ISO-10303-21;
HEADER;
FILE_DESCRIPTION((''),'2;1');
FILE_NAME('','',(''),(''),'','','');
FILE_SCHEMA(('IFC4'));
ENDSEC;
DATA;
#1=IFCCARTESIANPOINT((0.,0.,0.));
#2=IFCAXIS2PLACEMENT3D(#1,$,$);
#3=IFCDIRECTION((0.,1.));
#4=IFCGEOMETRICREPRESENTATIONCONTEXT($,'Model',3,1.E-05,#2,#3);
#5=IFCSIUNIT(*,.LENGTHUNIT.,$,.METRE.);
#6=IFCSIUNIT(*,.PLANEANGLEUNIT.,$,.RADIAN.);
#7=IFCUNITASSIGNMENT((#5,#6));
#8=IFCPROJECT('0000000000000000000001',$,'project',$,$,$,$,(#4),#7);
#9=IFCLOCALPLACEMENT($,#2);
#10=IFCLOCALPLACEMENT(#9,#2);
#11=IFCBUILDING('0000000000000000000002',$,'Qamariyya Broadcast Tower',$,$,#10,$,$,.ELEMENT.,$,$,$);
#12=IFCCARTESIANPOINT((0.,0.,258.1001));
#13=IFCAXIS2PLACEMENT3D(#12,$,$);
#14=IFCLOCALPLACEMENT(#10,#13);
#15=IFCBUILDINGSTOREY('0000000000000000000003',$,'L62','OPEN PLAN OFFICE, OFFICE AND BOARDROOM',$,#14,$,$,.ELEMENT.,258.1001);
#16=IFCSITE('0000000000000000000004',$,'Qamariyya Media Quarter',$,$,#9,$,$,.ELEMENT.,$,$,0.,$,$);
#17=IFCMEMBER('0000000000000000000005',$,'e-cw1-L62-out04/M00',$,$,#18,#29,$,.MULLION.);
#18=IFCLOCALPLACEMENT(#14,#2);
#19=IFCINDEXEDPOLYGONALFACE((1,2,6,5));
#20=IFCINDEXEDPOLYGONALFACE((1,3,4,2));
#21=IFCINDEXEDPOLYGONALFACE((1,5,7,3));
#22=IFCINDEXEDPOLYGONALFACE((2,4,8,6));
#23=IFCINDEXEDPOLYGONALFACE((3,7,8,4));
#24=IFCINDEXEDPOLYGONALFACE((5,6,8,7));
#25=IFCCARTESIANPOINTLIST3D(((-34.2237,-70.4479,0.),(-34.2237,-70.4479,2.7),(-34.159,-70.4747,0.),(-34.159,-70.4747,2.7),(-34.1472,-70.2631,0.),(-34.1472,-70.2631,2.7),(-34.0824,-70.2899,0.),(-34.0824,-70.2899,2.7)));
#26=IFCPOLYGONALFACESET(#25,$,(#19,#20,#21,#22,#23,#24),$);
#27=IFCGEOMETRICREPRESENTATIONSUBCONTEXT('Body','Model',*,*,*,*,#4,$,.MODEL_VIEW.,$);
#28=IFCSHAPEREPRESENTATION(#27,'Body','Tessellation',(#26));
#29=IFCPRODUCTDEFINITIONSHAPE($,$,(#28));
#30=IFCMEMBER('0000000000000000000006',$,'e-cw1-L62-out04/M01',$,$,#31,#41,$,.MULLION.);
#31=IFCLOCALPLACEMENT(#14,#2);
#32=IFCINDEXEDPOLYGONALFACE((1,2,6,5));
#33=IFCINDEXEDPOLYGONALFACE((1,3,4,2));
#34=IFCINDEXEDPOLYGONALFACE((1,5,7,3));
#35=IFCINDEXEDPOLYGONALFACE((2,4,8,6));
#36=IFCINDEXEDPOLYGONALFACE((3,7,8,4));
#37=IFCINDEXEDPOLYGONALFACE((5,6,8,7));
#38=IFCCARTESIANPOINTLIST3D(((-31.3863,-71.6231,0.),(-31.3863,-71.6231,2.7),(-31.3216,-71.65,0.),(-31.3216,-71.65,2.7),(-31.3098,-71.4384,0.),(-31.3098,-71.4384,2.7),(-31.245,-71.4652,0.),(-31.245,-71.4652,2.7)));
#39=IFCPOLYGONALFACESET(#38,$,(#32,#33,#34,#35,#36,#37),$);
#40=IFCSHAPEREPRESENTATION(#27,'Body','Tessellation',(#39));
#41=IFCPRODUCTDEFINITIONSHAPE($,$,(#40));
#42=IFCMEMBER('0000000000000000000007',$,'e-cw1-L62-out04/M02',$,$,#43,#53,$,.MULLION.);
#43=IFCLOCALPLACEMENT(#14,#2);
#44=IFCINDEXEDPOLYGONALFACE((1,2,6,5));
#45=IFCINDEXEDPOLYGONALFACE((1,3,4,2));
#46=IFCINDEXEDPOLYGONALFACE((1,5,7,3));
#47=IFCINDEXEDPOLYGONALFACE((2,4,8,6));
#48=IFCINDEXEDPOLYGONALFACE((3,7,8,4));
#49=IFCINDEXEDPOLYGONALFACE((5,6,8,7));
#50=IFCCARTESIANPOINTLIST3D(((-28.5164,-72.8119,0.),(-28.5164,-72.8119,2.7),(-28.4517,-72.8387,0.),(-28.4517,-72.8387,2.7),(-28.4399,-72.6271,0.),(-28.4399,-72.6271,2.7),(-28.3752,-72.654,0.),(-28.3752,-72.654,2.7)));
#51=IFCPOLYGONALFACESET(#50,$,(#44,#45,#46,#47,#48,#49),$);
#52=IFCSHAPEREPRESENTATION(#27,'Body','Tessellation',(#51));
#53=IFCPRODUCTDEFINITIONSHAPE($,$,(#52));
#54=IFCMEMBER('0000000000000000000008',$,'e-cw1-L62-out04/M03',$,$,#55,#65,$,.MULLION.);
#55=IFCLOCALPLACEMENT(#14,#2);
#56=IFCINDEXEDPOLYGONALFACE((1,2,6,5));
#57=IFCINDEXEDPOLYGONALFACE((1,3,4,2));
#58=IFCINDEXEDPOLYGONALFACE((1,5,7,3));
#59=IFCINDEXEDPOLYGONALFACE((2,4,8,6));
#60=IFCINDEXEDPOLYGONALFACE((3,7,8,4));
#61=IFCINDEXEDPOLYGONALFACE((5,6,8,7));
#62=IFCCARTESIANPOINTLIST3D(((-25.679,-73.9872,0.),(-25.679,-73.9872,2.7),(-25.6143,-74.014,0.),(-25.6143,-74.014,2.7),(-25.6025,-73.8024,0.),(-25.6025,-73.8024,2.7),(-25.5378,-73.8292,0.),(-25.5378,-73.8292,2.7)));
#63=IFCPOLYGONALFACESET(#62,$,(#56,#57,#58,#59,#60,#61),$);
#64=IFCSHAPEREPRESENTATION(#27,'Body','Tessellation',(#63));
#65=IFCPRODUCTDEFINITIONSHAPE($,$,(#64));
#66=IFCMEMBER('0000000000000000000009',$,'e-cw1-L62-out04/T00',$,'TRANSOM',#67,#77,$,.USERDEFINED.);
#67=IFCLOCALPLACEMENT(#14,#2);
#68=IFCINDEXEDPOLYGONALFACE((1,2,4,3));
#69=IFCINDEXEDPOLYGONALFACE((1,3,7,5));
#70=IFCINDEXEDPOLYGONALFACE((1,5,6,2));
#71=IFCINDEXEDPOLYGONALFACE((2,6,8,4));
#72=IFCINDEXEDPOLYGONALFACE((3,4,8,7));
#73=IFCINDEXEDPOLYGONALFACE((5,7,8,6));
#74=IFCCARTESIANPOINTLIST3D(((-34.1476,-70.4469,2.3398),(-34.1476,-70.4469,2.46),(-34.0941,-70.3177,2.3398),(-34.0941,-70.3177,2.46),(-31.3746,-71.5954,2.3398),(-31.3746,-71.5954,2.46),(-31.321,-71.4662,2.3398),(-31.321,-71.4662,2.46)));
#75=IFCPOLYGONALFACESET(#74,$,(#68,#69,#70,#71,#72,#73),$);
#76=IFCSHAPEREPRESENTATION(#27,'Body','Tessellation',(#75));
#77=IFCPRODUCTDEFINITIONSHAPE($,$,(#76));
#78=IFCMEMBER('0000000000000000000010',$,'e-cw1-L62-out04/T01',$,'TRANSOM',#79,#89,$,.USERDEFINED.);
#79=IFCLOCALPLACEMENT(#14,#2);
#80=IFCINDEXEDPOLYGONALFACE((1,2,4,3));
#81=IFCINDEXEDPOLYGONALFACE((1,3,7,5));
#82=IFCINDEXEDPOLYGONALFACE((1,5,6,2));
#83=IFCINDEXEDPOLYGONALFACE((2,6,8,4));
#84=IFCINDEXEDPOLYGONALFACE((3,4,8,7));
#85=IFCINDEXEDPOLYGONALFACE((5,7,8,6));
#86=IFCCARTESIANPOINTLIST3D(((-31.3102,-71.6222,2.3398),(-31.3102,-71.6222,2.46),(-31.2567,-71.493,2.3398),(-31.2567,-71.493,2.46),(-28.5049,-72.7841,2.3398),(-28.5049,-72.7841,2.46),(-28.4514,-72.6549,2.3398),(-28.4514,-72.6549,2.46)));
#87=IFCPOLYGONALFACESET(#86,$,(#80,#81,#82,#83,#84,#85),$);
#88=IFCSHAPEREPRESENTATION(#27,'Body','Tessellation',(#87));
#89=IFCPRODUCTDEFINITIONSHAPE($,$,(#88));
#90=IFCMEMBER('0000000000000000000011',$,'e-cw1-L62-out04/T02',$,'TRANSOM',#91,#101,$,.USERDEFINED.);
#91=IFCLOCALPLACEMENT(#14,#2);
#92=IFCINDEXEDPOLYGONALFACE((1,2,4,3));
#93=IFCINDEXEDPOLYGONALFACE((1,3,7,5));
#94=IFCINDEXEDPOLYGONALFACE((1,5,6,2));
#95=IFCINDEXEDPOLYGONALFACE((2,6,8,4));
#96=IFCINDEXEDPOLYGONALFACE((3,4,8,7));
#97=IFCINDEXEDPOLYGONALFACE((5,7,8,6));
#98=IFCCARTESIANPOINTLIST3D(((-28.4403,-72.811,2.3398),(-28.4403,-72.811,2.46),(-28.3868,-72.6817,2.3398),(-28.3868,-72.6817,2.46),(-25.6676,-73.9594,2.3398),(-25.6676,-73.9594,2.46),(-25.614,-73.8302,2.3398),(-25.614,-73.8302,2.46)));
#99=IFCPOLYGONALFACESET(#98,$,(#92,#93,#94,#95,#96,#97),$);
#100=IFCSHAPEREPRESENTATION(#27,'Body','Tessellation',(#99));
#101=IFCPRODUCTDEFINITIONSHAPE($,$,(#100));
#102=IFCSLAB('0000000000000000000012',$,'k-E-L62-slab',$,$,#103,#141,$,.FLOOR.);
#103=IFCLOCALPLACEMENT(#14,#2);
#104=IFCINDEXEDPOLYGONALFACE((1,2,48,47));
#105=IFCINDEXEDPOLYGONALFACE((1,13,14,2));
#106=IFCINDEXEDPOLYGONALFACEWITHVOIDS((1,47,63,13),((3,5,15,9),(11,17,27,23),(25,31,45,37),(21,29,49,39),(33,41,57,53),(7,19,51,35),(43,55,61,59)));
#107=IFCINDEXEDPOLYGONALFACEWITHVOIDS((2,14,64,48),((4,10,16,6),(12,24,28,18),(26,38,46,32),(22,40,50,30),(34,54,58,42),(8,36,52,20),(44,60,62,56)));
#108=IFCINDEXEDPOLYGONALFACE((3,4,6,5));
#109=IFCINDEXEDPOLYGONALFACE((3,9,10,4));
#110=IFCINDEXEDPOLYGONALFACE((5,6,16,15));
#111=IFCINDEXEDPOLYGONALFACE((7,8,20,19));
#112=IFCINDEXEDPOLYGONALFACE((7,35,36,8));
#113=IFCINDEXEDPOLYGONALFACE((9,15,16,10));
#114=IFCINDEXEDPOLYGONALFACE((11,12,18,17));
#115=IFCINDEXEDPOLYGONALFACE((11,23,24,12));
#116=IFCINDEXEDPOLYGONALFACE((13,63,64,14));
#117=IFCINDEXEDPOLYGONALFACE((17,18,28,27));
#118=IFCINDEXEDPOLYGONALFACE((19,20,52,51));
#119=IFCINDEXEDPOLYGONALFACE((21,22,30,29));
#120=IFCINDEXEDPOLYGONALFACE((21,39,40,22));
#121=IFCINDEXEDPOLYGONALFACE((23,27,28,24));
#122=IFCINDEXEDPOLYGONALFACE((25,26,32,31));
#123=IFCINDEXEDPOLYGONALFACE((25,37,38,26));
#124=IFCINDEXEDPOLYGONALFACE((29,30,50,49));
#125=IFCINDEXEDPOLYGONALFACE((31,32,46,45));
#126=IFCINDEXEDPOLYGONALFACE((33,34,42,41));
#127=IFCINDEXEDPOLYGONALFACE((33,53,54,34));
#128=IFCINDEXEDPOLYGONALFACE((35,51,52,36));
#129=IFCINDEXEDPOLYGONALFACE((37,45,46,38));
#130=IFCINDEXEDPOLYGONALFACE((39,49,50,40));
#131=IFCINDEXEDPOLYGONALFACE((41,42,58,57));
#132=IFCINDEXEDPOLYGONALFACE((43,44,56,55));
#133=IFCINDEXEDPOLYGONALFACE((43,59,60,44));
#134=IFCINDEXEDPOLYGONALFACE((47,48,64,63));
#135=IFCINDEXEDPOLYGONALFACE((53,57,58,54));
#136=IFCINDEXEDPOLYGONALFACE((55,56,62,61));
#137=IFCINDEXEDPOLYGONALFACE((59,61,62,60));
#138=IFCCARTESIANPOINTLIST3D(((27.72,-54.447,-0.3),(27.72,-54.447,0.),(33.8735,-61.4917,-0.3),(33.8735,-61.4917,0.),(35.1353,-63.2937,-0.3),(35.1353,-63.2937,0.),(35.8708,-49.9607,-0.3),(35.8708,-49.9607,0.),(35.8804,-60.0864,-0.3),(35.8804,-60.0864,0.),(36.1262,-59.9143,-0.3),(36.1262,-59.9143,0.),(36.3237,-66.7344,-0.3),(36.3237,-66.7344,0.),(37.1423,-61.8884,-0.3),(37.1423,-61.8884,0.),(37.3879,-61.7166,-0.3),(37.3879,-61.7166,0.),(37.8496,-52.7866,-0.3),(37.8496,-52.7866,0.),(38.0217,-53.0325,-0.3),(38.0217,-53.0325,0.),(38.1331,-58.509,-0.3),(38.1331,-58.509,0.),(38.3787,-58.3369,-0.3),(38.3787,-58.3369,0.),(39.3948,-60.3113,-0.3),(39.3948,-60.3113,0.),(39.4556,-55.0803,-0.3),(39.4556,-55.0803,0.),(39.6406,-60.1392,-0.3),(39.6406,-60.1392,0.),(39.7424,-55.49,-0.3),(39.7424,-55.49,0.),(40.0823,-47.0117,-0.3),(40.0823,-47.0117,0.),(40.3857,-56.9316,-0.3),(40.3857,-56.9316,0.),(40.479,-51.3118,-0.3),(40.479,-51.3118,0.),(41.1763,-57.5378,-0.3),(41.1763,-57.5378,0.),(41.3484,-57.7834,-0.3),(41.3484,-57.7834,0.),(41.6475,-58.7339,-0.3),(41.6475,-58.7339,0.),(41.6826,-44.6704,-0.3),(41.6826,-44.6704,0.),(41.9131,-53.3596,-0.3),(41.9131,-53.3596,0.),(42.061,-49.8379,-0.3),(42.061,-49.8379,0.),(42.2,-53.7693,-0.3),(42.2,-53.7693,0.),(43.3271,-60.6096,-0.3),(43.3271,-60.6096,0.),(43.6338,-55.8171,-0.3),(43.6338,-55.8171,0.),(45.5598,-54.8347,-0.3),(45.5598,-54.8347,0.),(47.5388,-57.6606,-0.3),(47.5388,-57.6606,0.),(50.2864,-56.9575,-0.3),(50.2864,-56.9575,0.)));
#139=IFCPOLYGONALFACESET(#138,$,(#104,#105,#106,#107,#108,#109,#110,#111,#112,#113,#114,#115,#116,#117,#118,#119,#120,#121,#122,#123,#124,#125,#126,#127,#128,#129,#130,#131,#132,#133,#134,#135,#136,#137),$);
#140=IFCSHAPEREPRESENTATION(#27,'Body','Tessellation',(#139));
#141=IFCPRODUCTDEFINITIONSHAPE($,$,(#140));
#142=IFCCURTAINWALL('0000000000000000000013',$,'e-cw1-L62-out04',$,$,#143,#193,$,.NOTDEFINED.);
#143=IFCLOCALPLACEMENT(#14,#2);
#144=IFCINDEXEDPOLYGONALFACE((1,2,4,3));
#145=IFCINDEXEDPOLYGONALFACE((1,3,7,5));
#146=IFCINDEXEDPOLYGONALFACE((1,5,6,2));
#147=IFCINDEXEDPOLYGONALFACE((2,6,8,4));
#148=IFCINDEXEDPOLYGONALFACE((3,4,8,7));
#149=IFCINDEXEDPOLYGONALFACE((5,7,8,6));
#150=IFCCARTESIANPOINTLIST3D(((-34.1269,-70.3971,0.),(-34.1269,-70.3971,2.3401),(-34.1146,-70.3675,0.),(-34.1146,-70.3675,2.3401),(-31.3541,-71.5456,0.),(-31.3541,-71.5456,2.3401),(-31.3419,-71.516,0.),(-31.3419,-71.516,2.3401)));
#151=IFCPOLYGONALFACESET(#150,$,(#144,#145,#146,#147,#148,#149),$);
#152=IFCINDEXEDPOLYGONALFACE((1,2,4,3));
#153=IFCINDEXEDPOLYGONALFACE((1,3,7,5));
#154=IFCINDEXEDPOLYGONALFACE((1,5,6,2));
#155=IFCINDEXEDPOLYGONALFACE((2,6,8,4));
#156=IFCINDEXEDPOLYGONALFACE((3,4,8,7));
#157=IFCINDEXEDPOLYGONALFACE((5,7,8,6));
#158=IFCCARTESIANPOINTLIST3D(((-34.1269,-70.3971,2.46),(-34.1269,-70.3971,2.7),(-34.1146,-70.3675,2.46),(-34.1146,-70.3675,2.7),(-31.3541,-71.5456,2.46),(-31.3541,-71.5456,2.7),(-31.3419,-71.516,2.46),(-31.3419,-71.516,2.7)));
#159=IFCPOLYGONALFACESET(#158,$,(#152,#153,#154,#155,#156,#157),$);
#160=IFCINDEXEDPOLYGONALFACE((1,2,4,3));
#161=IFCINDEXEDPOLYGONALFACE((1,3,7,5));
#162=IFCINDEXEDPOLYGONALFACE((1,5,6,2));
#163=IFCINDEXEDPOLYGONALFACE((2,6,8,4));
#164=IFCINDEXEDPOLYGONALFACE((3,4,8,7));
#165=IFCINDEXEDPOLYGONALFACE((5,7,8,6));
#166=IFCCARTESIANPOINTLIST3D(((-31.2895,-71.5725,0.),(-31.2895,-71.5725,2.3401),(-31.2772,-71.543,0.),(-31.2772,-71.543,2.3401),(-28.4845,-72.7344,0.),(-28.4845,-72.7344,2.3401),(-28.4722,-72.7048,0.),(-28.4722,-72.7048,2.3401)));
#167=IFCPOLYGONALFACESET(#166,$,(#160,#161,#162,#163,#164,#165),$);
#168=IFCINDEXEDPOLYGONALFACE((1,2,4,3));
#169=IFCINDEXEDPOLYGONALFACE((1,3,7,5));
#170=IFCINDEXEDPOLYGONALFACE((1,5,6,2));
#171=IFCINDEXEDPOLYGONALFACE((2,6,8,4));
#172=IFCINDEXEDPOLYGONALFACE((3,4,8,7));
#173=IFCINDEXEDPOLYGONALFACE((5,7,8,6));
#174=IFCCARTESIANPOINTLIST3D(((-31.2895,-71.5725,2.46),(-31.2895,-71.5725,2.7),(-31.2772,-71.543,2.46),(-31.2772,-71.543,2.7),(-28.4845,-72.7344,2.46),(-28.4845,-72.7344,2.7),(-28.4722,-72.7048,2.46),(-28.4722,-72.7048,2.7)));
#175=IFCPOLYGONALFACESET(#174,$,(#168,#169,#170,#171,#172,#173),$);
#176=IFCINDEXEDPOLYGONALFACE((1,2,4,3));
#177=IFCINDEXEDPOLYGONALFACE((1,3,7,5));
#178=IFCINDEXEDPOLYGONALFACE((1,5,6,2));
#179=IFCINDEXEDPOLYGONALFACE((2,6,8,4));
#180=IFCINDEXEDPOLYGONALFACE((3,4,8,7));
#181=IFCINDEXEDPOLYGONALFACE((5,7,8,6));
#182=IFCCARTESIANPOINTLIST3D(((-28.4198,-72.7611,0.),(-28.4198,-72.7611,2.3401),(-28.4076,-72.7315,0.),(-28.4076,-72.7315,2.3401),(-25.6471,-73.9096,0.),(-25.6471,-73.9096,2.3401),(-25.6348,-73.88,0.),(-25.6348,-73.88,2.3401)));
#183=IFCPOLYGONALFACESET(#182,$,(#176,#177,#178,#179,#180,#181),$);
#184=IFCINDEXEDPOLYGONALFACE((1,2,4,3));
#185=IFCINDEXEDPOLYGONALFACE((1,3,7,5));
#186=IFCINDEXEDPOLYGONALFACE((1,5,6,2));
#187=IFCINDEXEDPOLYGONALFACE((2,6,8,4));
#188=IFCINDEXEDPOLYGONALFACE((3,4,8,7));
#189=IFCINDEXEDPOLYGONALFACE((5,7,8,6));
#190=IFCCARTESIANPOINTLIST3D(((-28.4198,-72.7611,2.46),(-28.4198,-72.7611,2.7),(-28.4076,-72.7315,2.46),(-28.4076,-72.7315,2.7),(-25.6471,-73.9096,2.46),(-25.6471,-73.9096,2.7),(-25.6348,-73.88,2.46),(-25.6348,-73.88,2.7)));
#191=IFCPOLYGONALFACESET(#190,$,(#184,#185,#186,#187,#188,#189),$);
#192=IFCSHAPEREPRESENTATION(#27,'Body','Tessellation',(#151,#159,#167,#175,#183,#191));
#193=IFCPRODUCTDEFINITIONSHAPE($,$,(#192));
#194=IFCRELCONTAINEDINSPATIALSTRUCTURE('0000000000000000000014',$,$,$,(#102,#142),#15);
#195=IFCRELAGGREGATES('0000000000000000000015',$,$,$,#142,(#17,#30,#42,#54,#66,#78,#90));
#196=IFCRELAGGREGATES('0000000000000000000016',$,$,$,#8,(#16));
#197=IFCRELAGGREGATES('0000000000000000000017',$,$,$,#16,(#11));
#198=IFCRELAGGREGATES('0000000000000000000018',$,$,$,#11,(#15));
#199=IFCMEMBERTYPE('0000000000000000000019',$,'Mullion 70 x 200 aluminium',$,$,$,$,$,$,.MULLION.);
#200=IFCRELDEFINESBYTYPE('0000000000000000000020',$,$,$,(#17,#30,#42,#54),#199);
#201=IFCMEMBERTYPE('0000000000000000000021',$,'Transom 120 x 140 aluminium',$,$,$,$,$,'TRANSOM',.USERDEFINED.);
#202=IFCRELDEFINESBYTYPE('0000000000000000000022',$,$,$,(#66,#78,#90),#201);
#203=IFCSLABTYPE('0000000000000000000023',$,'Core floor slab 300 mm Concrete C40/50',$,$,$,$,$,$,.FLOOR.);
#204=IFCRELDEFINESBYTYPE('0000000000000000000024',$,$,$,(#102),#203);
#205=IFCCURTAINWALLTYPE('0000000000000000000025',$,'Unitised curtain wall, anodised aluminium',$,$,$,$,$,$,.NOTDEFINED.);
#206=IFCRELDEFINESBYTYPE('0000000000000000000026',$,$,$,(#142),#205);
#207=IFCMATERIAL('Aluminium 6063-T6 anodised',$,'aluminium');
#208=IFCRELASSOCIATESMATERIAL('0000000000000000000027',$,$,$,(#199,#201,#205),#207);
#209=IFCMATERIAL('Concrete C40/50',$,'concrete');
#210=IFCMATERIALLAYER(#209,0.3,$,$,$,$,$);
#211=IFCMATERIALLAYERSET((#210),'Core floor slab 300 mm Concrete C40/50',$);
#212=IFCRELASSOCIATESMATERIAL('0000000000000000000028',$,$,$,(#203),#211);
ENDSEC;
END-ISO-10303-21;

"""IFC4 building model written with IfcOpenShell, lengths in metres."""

from ifc_helpers import new_model, si_unit, direction, frame, origin, origin_2d, place, context, subcontext, project, spatial, polyline, rectangle, outline, extrude, material, layer, layer_set, material_profile, profile_set, type_object, element, aggregate, save


model = new_model("IFC4")

# Units and contexts
model_context = context("Model", 3, precision=1e-05, world=origin(), true_north=direction((0.0, 1.0)))
body_context = subcontext(model_context, "Body", "Model", "MODEL_VIEW")
ifc_project = project(units=[si_unit("LENGTHUNIT", "METRE"), si_unit("PLANEANGLEUNIT", "RADIAN")], contexts=[model_context])

# Members
ifc_material_1 = material(Name="Aluminium 6063-T6 anodised", Category="aluminium")
ifc_material_profile_1 = material_profile(ifc_material_1, rectangle(XDim=0.2, YDim=0.0701, at=origin_2d()))
ifc_profile_set_1 = profile_set([ifc_material_profile_1], Name="Aluminium 6063-T6 anodised")
member_type_1 = type_object("IfcMemberType", Name="Mullion 70 x 200 aluminium", PredefinedType="MULLION", material=ifc_profile_set_1)
site_placement = place(None, origin())
building_placement = place(site_placement, origin())
storey_placement = place(building_placement, frame((0.0, 0.0, 258.1001)))
member_1_placement = place(storey_placement, frame((-34.1531, -70.3689, 0.0), z_axis=(0.0, 0.0, 1.0), x_axis=(0.382683, 0.92388, 0.0)))
member_1 = element("IfcMember", 1, at=member_1_placement, type_object=member_type_1, Name="e-cw1-L62-out04/M00", PredefinedType="MULLION", context=body_context, shape_type="SweptSolid", body=[
    extrude(rectangle(XDim=0.2, YDim=0.0701, at=origin_2d()), origin(), (0.0, 0.0, 1.0), 2.7),
])
member_2_placement = place(storey_placement, frame((-31.3157, -71.5442, 0.0), z_axis=(0.0, 0.0, 1.0), x_axis=(0.382683, 0.92388, 0.0)))
member_2 = element("IfcMember", 2, at=member_2_placement, type_object=member_type_1, Name="e-cw1-L62-out04/M01", PredefinedType="MULLION", context=body_context, shape_type="SweptSolid", body=[
    extrude(rectangle(XDim=0.2, YDim=0.0701, at=origin_2d()), origin(), (0.0, 0.0, 1.0), 2.7),
])
member_3_placement = place(storey_placement, frame((-28.4458, -72.7329, 0.0), z_axis=(0.0, 0.0, 1.0), x_axis=(0.382683, 0.92388, 0.0)))
member_3 = element("IfcMember", 3, at=member_3_placement, type_object=member_type_1, Name="e-cw1-L62-out04/M02", PredefinedType="MULLION", context=body_context, shape_type="SweptSolid", body=[
    extrude(rectangle(XDim=0.2, YDim=0.0701, at=origin_2d()), origin(), (0.0, 0.0, 1.0), 2.7),
])
member_4_placement = place(storey_placement, frame((-25.6084, -73.9082, 0.0), z_axis=(0.0, 0.0, 1.0), x_axis=(0.382683, 0.92388, 0.0)))
member_4 = element("IfcMember", 4, at=member_4_placement, type_object=member_type_1, Name="e-cw1-L62-out04/M03", PredefinedType="MULLION", context=body_context, shape_type="SweptSolid", body=[
    extrude(rectangle(XDim=0.2, YDim=0.0701, at=origin_2d()), origin(), (0.0, 0.0, 1.0), 2.7),
])
ifc_material_profile_2 = material_profile(ifc_material_1, rectangle(XDim=0.1399, YDim=0.1201, at=origin_2d()))
ifc_profile_set_2 = profile_set([ifc_material_profile_2], Name="Aluminium 6063-T6 anodised")
member_type_2 = type_object("IfcMemberType", Name="Transom 120 x 140 aluminium", ElementType="TRANSOM", PredefinedType="USERDEFINED", material=ifc_profile_set_2)
member_5_placement = place(storey_placement, frame((-34.1208, -70.3823, 2.3999), z_axis=(0.923898, -0.382639, 0.0), x_axis=(0.382639, 0.923898, 0.0)))
member_5 = element("IfcMember", 5, at=member_5_placement, type_object=member_type_2, Name="e-cw1-L62-out04/T00", ObjectType="TRANSOM", PredefinedType="USERDEFINED", context=body_context, shape_type="SweptSolid", body=[
    extrude(rectangle(XDim=0.1399, YDim=0.1201, at=origin_2d()), origin(), (0.0, 0.0, 1.0), 3.0015),
])
member_6_placement = place(storey_placement, frame((-31.2834, -71.5576, 2.3999), z_axis=(0.923888, -0.382662, 0.0), x_axis=(0.382662, 0.923888, 0.0)))
member_6 = element("IfcMember", 6, at=member_6_placement, type_object=member_type_2, Name="e-cw1-L62-out04/T01", ObjectType="TRANSOM", PredefinedType="USERDEFINED", context=body_context, shape_type="SweptSolid", body=[
    extrude(rectangle(XDim=0.1399, YDim=0.1201, at=origin_2d()), origin(), (0.0, 0.0, 1.0), 3.0364),
])
member_7_placement = place(storey_placement, frame((-28.4136, -72.7463, 2.3999), z_axis=(0.923886, -0.382668, 0.0), x_axis=(0.382668, 0.923886, 0.0)))
member_7 = element("IfcMember", 7, at=member_7_placement, type_object=member_type_2, Name="e-cw1-L62-out04/T02", ObjectType="TRANSOM", PredefinedType="USERDEFINED", context=body_context, shape_type="SweptSolid", body=[
    extrude(rectangle(XDim=0.1399, YDim=0.1201, at=origin_2d()), origin(), (0.0, 0.0, 1.0), 3.0012),
])

# Site, building, storey
site = spatial("IfcSite", under=ifc_project, at=site_placement, Name="Qamariyya Media Quarter", CompositionType="ELEMENT", RefElevation=0.0)
building = spatial("IfcBuilding", under=site, at=building_placement, Name="Qamariyya Broadcast Tower", CompositionType="ELEMENT")
storey = spatial("IfcBuildingStorey", under=building, at=storey_placement, Name="L62", Description="OPEN PLAN OFFICE, OFFICE AND BOARDROOM", CompositionType="ELEMENT", Elevation=258.1001)

# Slab
ifc_material_2 = material(Name="Concrete C40/50", Category="concrete")
ifc_layer_1 = layer(ifc_material_2, 0.3)
ifc_layer_set_1 = layer_set([ifc_layer_1], Name="Core floor slab 300 mm Concrete C40/50")
slab_type_1 = type_object("IfcSlabType", Name="Core floor slab 300 mm Concrete C40/50", PredefinedType="FLOOR", material=ifc_layer_set_1)
slab_1_placement = place(storey_placement, frame((0.0, 0.0, -0.3)))
element("IfcSlab", 8, at=slab_1_placement, inside=storey, type_object=slab_type_1, Name="k-E-L62-slab", PredefinedType="FLOOR", context=body_context, shape_type="SweptSolid", body=[
    extrude(outline(polyline([(36.3237, -66.7344), (50.2864, -56.9575), (41.6826, -44.6704), (27.72, -54.447), (36.3237, -66.7344)]), holes=[polyline([(33.8735, -61.4917), (35.8804, -60.0864), (37.1423, -61.8884), (35.1353, -63.2937), (33.8735, -61.4917)]), polyline([(36.1262, -59.9143), (38.1331, -58.509), (39.3948, -60.3113), (37.3879, -61.7166), (36.1262, -59.9143)]), polyline([(38.3787, -58.3369), (40.3857, -56.9316), (41.6475, -58.7339), (39.6406, -60.1392), (38.3787, -58.3369)]), polyline([(39.7424, -55.49), (42.2, -53.7693), (43.6338, -55.8171), (41.1763, -57.5378), (39.7424, -55.49)]), polyline([(39.4556, -55.0803), (41.9131, -53.3596), (40.479, -51.3118), (38.0217, -53.0325), (39.4556, -55.0803)]), polyline([(40.0823, -47.0117), (35.8708, -49.9607), (37.8496, -52.7866), (42.061, -49.8379), (40.0823, -47.0117)]), polyline([(45.5598, -54.8347), (41.3484, -57.7834), (43.3271, -60.6096), (47.5388, -57.6606), (45.5598, -54.8347)])]), origin(), (0.0, 0.0, 1.0), 0.3),
])

# Curtain wall
curtain_wall_type = type_object("IfcCurtainWallType", Name="Unitised curtain wall, anodised aluminium", PredefinedType="NOTDEFINED", material=ifc_material_1)
curtain_wall_1_placement = place(storey_placement, origin())
curtain_wall_1 = element("IfcCurtainWall", 9, at=curtain_wall_1_placement, inside=storey, type_object=curtain_wall_type, Name="e-cw1-L62-out04", PredefinedType="NOTDEFINED", context=body_context, shape_type="SweptSolid", body=[
    extrude(rectangle(XDim=3.0012, YDim=0.032, at=origin_2d()), frame((-32.7344, -70.9565, 0.0), x_axis=(0.923878, -0.382687, 0.0)), (0.0, 0.0, 1.0), 2.3401),
    extrude(rectangle(XDim=3.0012, YDim=0.032, at=origin_2d()), frame((-32.7344, -70.9565, 2.46), x_axis=(0.923878, -0.382687, 0.0)), (0.0, 0.0, 1.0), 0.24),
    extrude(rectangle(XDim=3.0361, YDim=0.032, at=origin_2d()), frame((-29.8809, -72.1387, 0.0), x_axis=(0.923878, -0.382687, 0.0)), (0.0, 0.0, 1.0), 2.3401),
    extrude(rectangle(XDim=3.0361, YDim=0.032, at=origin_2d()), frame((-29.8809, -72.1387, 2.46), x_axis=(0.923878, -0.382687, 0.0)), (0.0, 0.0, 1.0), 0.24),
    extrude(rectangle(XDim=3.0012, YDim=0.032, at=origin_2d()), frame((-27.0273, -73.3206, 0.0), x_axis=(0.923878, -0.382687, 0.0)), (0.0, 0.0, 1.0), 2.3401),
    extrude(rectangle(XDim=3.0012, YDim=0.032, at=origin_2d()), frame((-27.0273, -73.3206, 2.46), x_axis=(0.923878, -0.382687, 0.0)), (0.0, 0.0, 1.0), 0.24),
])
aggregate(curtain_wall_1, [member_1, member_2, member_3, member_4, member_5, member_6, member_7])

save(model, "model.ifc")
